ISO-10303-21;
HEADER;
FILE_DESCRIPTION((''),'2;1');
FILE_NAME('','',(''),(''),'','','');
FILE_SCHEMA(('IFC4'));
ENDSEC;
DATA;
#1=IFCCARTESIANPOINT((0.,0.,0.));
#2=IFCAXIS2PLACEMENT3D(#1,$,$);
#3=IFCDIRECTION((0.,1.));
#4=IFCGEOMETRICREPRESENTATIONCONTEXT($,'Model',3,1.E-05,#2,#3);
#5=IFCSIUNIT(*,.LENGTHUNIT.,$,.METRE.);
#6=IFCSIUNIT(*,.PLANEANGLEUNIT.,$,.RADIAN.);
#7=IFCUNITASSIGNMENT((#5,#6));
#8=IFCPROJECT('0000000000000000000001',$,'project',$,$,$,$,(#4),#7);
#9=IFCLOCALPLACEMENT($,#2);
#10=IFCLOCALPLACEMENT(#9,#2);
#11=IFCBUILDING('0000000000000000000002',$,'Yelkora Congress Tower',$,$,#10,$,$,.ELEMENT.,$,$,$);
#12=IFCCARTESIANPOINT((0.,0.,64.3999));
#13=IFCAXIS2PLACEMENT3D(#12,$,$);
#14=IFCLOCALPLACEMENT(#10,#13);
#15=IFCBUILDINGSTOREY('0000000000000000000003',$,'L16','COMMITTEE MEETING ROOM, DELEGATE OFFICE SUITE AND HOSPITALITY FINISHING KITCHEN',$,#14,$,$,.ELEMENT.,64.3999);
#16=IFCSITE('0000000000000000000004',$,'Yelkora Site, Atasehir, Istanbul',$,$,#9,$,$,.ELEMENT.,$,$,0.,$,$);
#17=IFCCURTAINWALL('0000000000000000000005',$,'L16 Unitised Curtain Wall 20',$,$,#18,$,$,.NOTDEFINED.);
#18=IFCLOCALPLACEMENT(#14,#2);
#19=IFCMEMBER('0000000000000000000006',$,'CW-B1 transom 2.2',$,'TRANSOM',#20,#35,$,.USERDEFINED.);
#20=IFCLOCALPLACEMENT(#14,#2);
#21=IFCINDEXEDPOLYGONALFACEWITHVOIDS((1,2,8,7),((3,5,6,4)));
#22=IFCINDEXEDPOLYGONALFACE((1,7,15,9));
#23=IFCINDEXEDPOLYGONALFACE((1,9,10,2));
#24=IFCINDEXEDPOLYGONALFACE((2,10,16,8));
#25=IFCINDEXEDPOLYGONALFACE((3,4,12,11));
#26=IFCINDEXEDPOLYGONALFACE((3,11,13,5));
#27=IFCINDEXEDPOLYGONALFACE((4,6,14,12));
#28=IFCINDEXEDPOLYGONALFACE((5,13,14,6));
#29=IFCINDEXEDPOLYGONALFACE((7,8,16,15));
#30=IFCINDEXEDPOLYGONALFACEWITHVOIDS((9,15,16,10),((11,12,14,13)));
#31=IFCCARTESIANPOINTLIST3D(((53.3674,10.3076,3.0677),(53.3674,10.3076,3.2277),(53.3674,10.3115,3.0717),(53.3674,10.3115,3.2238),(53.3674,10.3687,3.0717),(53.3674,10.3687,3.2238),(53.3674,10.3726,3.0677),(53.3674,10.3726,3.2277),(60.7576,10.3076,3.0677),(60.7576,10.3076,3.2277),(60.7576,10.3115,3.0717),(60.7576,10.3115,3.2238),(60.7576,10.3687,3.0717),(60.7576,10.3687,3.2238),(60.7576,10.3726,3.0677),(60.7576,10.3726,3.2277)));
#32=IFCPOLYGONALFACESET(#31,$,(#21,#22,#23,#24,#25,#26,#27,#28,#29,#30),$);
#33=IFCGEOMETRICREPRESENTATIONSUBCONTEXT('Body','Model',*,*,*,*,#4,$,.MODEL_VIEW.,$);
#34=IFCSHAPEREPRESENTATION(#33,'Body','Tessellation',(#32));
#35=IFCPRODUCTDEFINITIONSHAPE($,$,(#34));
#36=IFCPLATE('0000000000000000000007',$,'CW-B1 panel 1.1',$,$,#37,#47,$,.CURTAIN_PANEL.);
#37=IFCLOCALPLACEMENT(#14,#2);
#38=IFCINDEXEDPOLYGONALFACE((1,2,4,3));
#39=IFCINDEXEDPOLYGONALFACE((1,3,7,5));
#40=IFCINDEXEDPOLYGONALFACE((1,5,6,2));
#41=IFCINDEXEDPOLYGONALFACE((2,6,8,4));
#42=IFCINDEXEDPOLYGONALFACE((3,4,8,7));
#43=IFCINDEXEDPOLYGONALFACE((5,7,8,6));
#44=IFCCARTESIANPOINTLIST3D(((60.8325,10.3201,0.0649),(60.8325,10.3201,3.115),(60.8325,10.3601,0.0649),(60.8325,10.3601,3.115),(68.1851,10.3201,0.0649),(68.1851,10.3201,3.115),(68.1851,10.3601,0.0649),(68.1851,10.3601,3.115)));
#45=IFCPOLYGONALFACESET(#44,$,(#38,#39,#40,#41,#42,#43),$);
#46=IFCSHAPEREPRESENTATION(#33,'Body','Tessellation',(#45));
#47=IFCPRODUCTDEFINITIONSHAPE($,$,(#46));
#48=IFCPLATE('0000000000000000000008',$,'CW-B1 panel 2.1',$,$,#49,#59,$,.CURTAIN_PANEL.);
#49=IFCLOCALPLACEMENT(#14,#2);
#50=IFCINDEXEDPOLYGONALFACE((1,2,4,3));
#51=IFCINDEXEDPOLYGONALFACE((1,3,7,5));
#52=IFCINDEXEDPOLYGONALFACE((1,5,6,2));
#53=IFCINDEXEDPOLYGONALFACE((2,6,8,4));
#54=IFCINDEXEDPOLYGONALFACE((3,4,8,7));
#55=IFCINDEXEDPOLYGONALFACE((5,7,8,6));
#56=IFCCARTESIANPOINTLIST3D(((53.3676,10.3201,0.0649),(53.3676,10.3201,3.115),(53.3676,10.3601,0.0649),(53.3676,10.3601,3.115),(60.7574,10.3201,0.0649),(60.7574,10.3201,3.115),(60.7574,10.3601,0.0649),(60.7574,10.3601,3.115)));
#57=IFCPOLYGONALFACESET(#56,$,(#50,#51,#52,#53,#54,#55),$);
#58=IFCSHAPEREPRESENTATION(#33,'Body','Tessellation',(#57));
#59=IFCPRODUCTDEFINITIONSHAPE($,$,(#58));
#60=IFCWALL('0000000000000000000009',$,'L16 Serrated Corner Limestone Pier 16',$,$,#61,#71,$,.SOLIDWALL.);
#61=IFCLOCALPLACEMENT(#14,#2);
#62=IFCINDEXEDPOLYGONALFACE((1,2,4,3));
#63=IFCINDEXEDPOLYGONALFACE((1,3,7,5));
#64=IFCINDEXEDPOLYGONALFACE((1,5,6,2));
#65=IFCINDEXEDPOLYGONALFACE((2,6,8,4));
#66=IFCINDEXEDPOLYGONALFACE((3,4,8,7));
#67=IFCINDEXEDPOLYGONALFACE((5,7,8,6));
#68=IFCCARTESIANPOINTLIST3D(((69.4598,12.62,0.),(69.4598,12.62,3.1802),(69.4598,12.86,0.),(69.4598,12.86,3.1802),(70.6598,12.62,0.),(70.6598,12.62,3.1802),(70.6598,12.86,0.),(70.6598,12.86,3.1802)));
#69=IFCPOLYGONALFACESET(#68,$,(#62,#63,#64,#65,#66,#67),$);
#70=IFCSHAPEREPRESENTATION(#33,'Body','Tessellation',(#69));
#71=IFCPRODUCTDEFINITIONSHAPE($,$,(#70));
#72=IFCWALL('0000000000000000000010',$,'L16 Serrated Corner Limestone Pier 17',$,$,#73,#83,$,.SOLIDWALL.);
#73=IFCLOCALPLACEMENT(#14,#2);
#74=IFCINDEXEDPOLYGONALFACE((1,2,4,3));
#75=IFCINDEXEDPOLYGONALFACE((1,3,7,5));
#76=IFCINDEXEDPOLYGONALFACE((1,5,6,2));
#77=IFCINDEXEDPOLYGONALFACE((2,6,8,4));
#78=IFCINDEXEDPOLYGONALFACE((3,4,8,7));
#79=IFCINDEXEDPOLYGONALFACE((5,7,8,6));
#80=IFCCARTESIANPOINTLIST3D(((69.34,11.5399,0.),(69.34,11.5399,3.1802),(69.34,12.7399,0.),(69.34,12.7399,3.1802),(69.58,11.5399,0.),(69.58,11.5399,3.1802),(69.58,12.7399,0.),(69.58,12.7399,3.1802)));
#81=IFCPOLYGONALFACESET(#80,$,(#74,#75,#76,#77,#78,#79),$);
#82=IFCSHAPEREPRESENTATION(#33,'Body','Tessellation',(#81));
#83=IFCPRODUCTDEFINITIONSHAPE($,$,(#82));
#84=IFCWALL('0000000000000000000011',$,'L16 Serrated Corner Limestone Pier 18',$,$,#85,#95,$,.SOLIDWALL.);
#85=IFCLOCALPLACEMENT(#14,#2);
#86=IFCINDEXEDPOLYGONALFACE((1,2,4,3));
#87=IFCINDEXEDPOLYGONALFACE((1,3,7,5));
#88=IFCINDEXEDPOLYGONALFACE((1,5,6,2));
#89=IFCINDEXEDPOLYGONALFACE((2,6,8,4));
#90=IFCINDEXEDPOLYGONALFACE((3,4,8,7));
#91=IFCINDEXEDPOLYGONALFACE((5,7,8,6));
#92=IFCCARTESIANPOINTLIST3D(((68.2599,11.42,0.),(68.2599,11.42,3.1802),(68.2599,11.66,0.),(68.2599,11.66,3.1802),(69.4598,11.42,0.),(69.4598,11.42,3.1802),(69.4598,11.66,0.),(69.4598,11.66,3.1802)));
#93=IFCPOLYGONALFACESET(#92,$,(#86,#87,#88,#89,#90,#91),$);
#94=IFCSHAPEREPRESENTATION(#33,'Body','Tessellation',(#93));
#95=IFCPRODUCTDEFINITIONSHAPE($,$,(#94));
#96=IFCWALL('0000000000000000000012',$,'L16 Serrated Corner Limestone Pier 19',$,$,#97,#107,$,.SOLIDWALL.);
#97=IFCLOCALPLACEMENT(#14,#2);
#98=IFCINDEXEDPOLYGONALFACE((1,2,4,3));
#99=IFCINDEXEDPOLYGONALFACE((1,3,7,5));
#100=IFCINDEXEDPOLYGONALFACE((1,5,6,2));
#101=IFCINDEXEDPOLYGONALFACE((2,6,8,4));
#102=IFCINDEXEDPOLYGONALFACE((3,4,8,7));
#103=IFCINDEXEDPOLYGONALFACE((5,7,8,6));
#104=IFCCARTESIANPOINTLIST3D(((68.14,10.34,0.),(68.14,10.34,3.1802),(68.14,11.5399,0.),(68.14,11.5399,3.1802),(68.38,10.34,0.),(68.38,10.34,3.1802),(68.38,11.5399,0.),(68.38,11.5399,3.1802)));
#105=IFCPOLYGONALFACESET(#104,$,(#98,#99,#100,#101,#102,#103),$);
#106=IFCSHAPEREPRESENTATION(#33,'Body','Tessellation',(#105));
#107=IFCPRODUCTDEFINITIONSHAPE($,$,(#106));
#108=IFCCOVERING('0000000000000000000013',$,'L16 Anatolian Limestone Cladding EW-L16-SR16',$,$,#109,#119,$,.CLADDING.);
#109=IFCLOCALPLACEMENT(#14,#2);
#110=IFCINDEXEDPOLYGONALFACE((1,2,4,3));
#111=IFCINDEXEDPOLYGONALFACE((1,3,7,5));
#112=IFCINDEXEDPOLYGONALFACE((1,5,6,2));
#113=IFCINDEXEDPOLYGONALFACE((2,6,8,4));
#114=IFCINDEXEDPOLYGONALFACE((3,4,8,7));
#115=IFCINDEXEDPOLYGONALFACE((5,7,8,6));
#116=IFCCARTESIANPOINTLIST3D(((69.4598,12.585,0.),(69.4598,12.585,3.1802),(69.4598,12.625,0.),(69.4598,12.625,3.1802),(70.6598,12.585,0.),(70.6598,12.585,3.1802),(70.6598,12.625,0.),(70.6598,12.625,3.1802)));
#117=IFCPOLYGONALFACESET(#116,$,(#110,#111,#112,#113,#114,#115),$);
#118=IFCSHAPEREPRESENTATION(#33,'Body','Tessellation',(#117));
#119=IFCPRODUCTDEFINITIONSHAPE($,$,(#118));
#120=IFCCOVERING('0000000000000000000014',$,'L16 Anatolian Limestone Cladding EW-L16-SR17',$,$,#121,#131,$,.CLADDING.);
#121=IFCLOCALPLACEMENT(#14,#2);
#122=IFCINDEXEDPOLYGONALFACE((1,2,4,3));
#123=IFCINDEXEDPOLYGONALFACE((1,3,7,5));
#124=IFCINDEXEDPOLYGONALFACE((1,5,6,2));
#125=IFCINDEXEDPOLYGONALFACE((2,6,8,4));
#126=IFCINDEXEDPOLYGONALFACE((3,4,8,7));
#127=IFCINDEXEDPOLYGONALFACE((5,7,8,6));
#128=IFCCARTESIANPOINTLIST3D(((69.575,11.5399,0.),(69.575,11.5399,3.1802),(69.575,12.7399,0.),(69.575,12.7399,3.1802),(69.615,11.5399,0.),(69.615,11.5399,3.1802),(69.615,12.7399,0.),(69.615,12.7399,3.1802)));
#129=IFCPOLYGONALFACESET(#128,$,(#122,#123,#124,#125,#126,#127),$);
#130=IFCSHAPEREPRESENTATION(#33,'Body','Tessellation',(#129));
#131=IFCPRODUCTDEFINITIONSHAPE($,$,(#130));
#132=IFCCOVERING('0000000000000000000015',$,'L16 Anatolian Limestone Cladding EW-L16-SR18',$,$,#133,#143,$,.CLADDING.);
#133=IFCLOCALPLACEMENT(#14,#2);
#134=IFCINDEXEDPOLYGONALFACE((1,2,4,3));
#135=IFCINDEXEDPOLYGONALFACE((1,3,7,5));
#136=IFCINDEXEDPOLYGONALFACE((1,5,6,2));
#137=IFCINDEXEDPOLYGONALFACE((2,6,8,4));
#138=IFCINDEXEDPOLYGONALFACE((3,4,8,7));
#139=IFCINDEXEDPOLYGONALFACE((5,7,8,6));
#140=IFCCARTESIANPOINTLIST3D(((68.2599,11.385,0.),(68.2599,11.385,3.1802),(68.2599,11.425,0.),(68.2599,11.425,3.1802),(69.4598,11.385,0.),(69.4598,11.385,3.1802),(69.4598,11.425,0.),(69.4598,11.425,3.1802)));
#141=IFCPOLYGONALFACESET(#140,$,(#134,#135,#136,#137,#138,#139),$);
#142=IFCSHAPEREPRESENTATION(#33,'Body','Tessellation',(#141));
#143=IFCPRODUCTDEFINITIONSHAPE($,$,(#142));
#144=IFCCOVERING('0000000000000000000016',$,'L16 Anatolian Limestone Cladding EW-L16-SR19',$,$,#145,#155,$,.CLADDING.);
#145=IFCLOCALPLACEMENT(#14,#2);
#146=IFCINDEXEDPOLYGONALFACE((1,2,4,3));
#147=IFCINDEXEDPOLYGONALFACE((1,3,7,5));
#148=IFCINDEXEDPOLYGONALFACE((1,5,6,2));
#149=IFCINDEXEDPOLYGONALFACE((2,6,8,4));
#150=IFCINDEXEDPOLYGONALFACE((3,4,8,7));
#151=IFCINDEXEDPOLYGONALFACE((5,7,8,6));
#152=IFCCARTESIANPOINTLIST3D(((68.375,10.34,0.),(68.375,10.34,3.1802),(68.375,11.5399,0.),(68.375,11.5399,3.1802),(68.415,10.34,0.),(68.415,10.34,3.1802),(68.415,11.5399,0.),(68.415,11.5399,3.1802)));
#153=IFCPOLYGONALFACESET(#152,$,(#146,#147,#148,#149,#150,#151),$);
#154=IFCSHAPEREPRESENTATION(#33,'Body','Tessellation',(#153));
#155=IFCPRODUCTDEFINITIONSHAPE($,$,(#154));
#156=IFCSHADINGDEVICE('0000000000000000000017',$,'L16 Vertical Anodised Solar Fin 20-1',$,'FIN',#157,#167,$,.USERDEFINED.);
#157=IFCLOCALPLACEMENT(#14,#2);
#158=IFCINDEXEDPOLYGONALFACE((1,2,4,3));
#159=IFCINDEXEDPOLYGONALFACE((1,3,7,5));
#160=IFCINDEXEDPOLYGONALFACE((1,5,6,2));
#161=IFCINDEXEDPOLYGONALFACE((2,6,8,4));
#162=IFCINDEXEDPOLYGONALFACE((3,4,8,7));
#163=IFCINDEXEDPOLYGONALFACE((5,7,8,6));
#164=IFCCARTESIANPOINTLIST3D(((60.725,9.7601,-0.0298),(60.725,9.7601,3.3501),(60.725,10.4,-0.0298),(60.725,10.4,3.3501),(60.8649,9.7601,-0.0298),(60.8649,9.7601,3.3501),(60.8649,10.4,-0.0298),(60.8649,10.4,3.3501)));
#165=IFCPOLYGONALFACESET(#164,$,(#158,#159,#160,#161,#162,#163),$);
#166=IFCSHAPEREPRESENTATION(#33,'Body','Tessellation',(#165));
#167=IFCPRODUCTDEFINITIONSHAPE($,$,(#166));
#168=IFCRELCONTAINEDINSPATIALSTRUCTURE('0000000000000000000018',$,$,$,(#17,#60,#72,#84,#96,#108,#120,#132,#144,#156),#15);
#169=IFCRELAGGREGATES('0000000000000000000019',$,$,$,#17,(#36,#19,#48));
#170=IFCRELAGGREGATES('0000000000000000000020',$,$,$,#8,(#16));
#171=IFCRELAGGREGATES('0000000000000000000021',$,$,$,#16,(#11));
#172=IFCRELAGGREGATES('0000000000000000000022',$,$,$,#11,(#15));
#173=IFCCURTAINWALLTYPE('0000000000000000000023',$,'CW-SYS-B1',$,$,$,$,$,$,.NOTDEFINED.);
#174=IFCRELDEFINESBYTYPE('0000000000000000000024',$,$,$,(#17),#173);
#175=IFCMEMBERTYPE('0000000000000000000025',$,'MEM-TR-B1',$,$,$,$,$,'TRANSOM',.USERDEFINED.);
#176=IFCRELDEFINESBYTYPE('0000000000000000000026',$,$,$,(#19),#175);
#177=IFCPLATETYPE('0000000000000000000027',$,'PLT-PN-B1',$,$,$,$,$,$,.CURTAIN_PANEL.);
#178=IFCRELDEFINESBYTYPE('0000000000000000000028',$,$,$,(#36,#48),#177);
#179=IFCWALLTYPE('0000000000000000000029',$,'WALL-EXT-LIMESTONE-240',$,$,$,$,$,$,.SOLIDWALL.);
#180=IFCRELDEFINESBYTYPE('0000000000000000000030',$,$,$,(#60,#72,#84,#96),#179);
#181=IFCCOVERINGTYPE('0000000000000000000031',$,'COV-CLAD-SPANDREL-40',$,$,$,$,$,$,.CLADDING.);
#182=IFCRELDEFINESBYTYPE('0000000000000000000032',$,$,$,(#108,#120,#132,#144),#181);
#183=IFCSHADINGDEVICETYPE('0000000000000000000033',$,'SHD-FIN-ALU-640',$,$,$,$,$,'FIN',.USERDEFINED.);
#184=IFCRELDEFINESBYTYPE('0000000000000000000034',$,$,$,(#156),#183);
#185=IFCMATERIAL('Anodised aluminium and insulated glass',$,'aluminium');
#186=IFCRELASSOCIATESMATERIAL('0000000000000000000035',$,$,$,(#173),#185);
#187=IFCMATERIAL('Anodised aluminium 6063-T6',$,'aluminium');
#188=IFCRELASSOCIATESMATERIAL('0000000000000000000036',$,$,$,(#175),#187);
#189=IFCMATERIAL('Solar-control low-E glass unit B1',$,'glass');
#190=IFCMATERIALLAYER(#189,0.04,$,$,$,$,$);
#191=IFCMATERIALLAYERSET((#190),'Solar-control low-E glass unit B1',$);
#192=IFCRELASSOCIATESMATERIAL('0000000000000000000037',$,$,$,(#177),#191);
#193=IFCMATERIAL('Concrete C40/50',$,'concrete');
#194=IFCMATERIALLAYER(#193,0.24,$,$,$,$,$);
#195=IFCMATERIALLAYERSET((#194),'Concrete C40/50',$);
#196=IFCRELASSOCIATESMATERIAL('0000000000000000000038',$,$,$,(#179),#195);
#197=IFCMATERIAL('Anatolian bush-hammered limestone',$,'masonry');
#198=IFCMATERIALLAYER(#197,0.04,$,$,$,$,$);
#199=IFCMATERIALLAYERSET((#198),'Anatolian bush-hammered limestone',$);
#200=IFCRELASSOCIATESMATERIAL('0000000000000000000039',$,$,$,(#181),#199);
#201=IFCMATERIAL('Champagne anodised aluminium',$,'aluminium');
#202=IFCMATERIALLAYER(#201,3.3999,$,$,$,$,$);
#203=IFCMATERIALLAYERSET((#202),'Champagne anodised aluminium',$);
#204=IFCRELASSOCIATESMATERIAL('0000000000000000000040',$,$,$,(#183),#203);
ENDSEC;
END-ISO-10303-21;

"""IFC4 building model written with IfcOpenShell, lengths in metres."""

from ifc_helpers import new_model, si_unit, direction, frame, frame_2d, origin, origin_2d, place, context, subcontext, project, spatial, rectangle, hollow_rectangle, extrude, material, layer, layer_set, material_profile, profile_set, type_object, element, aggregate, save


model = new_model("IFC4")

# Units and contexts
model_context = context("Model", 3, precision=1e-05, world=origin(), true_north=direction((0.0, 1.0)))
body_context = subcontext(model_context, "Body", "Model", "MODEL_VIEW")
ifc_project = project(units=[si_unit("LENGTHUNIT", "METRE"), si_unit("PLANEANGLEUNIT", "RADIAN")], contexts=[model_context])

# Site, building, storey
site_placement = place(None, origin())
site = spatial("IfcSite", under=ifc_project, at=site_placement, Name="Yelkora Site, Atasehir, Istanbul", CompositionType="ELEMENT", RefElevation=0.0)
building_placement = place(site_placement, origin())
building = spatial("IfcBuilding", under=site, at=building_placement, Name="Yelkora Congress Tower", CompositionType="ELEMENT")
storey_placement = place(building_placement, frame((0.0, 0.0, 64.3999)))
storey = spatial("IfcBuildingStorey", under=building, at=storey_placement, Name="L16", Description="COMMITTEE MEETING ROOM, DELEGATE OFFICE SUITE AND HOSPITALITY FINISHING KITCHEN", CompositionType="ELEMENT", Elevation=64.3999)

# Curtain wall, member, plates
ifc_material_1 = material(Name="Anodised aluminium and insulated glass", Category="aluminium")
curtain_wall_type = type_object("IfcCurtainWallType", Name="CW-SYS-B1", PredefinedType="NOTDEFINED", material=ifc_material_1)
curtain_wall_placement = place(storey_placement, origin())
curtain_wall = element("IfcCurtainWall", 1, at=curtain_wall_placement, inside=storey, type_object=curtain_wall_type, Name="L16 Unitised Curtain Wall 20", PredefinedType="NOTDEFINED")
ifc_material_2 = material(Name="Anodised aluminium 6063-T6", Category="aluminium")
ifc_material_profile_1 = material_profile(ifc_material_2, hollow_rectangle(XDim=0.0649, YDim=0.1599, WallThickness=0.0039, at=origin_2d()), Name="ALU 65x160x4")
ifc_profile_set_1 = profile_set([ifc_material_profile_1], Name="Anodised aluminium 6063-T6")
member_type_1 = type_object("IfcMemberType", Name="MEM-TR-B1", ElementType="TRANSOM", PredefinedType="USERDEFINED", material=ifc_profile_set_1)
member_1_placement = place(storey_placement, frame((60.7576, 10.3401, 3.1477), z_axis=(-1.0, 0.0, 0.0), x_axis=(0.0, -1.0, 0.0)))
member_1 = element("IfcMember", 2, at=member_1_placement, type_object=member_type_1, Name="CW-B1 transom 2.2", ObjectType="TRANSOM", PredefinedType="USERDEFINED", context=body_context, shape_type="SweptSolid", body=[
    extrude(hollow_rectangle(XDim=0.0649, YDim=0.1599, WallThickness=0.0039, at=origin_2d()), origin(), (0.0, 0.0, 1.0), 7.3901),
])
ifc_material_3 = material(Name="Solar-control low-E glass unit B1", Category="glass")
ifc_layer_1 = layer(ifc_material_3, 0.04)
ifc_layer_set_1 = layer_set([ifc_layer_1], Name="Solar-control low-E glass unit B1")
plate_type = type_object("IfcPlateType", Name="PLT-PN-B1", PredefinedType="CURTAIN_PANEL", material=ifc_layer_set_1)
plate_1_placement = place(storey_placement, frame((64.5088, 10.3401, 0.0649), z_axis=(0.0, 0.0, 1.0), x_axis=(-1.0, 0.0, 0.0)))
plate_1 = element("IfcPlate", 3, at=plate_1_placement, type_object=plate_type, Name="CW-B1 panel 1.1", PredefinedType="CURTAIN_PANEL", context=body_context, shape_type="SweptSolid", body=[
    extrude(rectangle(XDim=7.3525, YDim=0.04, at=origin_2d()), origin(), (0.0, 0.0, 1.0), 3.05),
])
plate_2_placement = place(storey_placement, frame((57.0625, 10.3401, 0.0649), z_axis=(0.0, 0.0, 1.0), x_axis=(-1.0, 0.0, 0.0)))
plate_2 = element("IfcPlate", 4, at=plate_2_placement, type_object=plate_type, Name="CW-B1 panel 2.1", PredefinedType="CURTAIN_PANEL", context=body_context, shape_type="SweptSolid", body=[
    extrude(rectangle(XDim=7.3899, YDim=0.04, at=origin_2d()), origin(), (0.0, 0.0, 1.0), 3.05),
])
aggregate(curtain_wall, [plate_1, member_1, plate_2])

# Walls
ifc_material_4 = material(Name="Concrete C40/50", Category="concrete")
ifc_layer_2 = layer(ifc_material_4, 0.24)
ifc_layer_set_2 = layer_set([ifc_layer_2], Name="Concrete C40/50")
wall_type = type_object("IfcWallType", Name="WALL-EXT-LIMESTONE-240", PredefinedType="SOLIDWALL", material=ifc_layer_set_2)
for number, where, z_axis, x_axis, name in (
    (5, (70.6599, 12.74, 0.0), (0.0, 0.0, 1.0), (-1.0, 0.0, 0.0), "L16 Serrated Corner Limestone Pier 16"),
    (6, (69.46, 12.74, 0.0), (0.0, 0.0, 1.0), (0.0, -1.0, 0.0), "L16 Serrated Corner Limestone Pier 17"),
    (7, (69.46, 11.54, 0.0), (0.0, 0.0, 1.0), (-1.0, 0.0, 0.0), "L16 Serrated Corner Limestone Pier 18"),
    (8, (68.26, 11.54, 0.0), (0.0, 0.0, 1.0), (0.0, -1.0, 0.0), "L16 Serrated Corner Limestone Pier 19"),
):
    element("IfcWall", number, at=place(storey_placement, frame(where, z_axis=z_axis, x_axis=x_axis)), inside=storey, type_object=wall_type, Name=name, PredefinedType="SOLIDWALL", context=body_context, shape_type="SweptSolid", body=[
        extrude(rectangle(XDim=1.2, YDim=0.24, at=frame_2d((0.6001, 0.0))), origin(), (0.0, 0.0, 1.0), 3.1802),
    ])

# Coverings
ifc_material_5 = material(Name="Anatolian bush-hammered limestone", Category="masonry")
ifc_layer_3 = layer(ifc_material_5, 0.04)
ifc_layer_set_3 = layer_set([ifc_layer_3], Name="Anatolian bush-hammered limestone")
covering_type = type_object("IfcCoveringType", Name="COV-CLAD-SPANDREL-40", PredefinedType="CLADDING", material=ifc_layer_set_3)
for number, where, z_axis, x_axis, name in (
    (9, (70.6599, 12.605, 0.0), (0.0, 0.0, 1.0), (-1.0, 0.0, 0.0), "L16 Anatolian Limestone Cladding EW-L16-SR16"),
    (10, (69.595, 12.74, 0.0), (0.0, 0.0, 1.0), (0.0, -1.0, 0.0), "L16 Anatolian Limestone Cladding EW-L16-SR17"),
    (11, (69.46, 11.405, 0.0), (0.0, 0.0, 1.0), (-1.0, 0.0, 0.0), "L16 Anatolian Limestone Cladding EW-L16-SR18"),
    (12, (68.395, 11.54, 0.0), (0.0, 0.0, 1.0), (0.0, -1.0, 0.0), "L16 Anatolian Limestone Cladding EW-L16-SR19"),
):
    element("IfcCovering", number, at=place(storey_placement, frame(where, z_axis=z_axis, x_axis=x_axis)), inside=storey, type_object=covering_type, Name=name, PredefinedType="CLADDING", context=body_context, shape_type="SweptSolid", body=[
        extrude(rectangle(XDim=1.2, YDim=0.04, at=frame_2d((0.6001, 0.0))), origin(), (0.0, 0.0, 1.0), 3.1802),
    ])

# Shading device
ifc_material_6 = material(Name="Champagne anodised aluminium", Category="aluminium")
ifc_layer_4 = layer(ifc_material_6, 3.3999)
ifc_layer_set_4 = layer_set([ifc_layer_4], Name="Champagne anodised aluminium")
shading_device_type = type_object("IfcShadingDeviceType", Name="SHD-FIN-ALU-640", ElementType="FIN", PredefinedType="USERDEFINED", material=ifc_layer_set_4)
shading_device_placement = place(storey_placement, frame((60.7949, 10.0801, -0.0298), z_axis=(0.0, 0.0, 1.0), x_axis=(-1.0, 0.0, 0.0)))
element("IfcShadingDevice", 13, at=shading_device_placement, inside=storey, type_object=shading_device_type, Name="L16 Vertical Anodised Solar Fin 20-1", ObjectType="FIN", PredefinedType="USERDEFINED", context=body_context, shape_type="SweptSolid", body=[
    extrude(rectangle(XDim=0.1399, YDim=0.6399, at=origin_2d()), origin(), (0.0, 0.0, 1.0), 3.3799),
])

save(model, "model.ifc")
